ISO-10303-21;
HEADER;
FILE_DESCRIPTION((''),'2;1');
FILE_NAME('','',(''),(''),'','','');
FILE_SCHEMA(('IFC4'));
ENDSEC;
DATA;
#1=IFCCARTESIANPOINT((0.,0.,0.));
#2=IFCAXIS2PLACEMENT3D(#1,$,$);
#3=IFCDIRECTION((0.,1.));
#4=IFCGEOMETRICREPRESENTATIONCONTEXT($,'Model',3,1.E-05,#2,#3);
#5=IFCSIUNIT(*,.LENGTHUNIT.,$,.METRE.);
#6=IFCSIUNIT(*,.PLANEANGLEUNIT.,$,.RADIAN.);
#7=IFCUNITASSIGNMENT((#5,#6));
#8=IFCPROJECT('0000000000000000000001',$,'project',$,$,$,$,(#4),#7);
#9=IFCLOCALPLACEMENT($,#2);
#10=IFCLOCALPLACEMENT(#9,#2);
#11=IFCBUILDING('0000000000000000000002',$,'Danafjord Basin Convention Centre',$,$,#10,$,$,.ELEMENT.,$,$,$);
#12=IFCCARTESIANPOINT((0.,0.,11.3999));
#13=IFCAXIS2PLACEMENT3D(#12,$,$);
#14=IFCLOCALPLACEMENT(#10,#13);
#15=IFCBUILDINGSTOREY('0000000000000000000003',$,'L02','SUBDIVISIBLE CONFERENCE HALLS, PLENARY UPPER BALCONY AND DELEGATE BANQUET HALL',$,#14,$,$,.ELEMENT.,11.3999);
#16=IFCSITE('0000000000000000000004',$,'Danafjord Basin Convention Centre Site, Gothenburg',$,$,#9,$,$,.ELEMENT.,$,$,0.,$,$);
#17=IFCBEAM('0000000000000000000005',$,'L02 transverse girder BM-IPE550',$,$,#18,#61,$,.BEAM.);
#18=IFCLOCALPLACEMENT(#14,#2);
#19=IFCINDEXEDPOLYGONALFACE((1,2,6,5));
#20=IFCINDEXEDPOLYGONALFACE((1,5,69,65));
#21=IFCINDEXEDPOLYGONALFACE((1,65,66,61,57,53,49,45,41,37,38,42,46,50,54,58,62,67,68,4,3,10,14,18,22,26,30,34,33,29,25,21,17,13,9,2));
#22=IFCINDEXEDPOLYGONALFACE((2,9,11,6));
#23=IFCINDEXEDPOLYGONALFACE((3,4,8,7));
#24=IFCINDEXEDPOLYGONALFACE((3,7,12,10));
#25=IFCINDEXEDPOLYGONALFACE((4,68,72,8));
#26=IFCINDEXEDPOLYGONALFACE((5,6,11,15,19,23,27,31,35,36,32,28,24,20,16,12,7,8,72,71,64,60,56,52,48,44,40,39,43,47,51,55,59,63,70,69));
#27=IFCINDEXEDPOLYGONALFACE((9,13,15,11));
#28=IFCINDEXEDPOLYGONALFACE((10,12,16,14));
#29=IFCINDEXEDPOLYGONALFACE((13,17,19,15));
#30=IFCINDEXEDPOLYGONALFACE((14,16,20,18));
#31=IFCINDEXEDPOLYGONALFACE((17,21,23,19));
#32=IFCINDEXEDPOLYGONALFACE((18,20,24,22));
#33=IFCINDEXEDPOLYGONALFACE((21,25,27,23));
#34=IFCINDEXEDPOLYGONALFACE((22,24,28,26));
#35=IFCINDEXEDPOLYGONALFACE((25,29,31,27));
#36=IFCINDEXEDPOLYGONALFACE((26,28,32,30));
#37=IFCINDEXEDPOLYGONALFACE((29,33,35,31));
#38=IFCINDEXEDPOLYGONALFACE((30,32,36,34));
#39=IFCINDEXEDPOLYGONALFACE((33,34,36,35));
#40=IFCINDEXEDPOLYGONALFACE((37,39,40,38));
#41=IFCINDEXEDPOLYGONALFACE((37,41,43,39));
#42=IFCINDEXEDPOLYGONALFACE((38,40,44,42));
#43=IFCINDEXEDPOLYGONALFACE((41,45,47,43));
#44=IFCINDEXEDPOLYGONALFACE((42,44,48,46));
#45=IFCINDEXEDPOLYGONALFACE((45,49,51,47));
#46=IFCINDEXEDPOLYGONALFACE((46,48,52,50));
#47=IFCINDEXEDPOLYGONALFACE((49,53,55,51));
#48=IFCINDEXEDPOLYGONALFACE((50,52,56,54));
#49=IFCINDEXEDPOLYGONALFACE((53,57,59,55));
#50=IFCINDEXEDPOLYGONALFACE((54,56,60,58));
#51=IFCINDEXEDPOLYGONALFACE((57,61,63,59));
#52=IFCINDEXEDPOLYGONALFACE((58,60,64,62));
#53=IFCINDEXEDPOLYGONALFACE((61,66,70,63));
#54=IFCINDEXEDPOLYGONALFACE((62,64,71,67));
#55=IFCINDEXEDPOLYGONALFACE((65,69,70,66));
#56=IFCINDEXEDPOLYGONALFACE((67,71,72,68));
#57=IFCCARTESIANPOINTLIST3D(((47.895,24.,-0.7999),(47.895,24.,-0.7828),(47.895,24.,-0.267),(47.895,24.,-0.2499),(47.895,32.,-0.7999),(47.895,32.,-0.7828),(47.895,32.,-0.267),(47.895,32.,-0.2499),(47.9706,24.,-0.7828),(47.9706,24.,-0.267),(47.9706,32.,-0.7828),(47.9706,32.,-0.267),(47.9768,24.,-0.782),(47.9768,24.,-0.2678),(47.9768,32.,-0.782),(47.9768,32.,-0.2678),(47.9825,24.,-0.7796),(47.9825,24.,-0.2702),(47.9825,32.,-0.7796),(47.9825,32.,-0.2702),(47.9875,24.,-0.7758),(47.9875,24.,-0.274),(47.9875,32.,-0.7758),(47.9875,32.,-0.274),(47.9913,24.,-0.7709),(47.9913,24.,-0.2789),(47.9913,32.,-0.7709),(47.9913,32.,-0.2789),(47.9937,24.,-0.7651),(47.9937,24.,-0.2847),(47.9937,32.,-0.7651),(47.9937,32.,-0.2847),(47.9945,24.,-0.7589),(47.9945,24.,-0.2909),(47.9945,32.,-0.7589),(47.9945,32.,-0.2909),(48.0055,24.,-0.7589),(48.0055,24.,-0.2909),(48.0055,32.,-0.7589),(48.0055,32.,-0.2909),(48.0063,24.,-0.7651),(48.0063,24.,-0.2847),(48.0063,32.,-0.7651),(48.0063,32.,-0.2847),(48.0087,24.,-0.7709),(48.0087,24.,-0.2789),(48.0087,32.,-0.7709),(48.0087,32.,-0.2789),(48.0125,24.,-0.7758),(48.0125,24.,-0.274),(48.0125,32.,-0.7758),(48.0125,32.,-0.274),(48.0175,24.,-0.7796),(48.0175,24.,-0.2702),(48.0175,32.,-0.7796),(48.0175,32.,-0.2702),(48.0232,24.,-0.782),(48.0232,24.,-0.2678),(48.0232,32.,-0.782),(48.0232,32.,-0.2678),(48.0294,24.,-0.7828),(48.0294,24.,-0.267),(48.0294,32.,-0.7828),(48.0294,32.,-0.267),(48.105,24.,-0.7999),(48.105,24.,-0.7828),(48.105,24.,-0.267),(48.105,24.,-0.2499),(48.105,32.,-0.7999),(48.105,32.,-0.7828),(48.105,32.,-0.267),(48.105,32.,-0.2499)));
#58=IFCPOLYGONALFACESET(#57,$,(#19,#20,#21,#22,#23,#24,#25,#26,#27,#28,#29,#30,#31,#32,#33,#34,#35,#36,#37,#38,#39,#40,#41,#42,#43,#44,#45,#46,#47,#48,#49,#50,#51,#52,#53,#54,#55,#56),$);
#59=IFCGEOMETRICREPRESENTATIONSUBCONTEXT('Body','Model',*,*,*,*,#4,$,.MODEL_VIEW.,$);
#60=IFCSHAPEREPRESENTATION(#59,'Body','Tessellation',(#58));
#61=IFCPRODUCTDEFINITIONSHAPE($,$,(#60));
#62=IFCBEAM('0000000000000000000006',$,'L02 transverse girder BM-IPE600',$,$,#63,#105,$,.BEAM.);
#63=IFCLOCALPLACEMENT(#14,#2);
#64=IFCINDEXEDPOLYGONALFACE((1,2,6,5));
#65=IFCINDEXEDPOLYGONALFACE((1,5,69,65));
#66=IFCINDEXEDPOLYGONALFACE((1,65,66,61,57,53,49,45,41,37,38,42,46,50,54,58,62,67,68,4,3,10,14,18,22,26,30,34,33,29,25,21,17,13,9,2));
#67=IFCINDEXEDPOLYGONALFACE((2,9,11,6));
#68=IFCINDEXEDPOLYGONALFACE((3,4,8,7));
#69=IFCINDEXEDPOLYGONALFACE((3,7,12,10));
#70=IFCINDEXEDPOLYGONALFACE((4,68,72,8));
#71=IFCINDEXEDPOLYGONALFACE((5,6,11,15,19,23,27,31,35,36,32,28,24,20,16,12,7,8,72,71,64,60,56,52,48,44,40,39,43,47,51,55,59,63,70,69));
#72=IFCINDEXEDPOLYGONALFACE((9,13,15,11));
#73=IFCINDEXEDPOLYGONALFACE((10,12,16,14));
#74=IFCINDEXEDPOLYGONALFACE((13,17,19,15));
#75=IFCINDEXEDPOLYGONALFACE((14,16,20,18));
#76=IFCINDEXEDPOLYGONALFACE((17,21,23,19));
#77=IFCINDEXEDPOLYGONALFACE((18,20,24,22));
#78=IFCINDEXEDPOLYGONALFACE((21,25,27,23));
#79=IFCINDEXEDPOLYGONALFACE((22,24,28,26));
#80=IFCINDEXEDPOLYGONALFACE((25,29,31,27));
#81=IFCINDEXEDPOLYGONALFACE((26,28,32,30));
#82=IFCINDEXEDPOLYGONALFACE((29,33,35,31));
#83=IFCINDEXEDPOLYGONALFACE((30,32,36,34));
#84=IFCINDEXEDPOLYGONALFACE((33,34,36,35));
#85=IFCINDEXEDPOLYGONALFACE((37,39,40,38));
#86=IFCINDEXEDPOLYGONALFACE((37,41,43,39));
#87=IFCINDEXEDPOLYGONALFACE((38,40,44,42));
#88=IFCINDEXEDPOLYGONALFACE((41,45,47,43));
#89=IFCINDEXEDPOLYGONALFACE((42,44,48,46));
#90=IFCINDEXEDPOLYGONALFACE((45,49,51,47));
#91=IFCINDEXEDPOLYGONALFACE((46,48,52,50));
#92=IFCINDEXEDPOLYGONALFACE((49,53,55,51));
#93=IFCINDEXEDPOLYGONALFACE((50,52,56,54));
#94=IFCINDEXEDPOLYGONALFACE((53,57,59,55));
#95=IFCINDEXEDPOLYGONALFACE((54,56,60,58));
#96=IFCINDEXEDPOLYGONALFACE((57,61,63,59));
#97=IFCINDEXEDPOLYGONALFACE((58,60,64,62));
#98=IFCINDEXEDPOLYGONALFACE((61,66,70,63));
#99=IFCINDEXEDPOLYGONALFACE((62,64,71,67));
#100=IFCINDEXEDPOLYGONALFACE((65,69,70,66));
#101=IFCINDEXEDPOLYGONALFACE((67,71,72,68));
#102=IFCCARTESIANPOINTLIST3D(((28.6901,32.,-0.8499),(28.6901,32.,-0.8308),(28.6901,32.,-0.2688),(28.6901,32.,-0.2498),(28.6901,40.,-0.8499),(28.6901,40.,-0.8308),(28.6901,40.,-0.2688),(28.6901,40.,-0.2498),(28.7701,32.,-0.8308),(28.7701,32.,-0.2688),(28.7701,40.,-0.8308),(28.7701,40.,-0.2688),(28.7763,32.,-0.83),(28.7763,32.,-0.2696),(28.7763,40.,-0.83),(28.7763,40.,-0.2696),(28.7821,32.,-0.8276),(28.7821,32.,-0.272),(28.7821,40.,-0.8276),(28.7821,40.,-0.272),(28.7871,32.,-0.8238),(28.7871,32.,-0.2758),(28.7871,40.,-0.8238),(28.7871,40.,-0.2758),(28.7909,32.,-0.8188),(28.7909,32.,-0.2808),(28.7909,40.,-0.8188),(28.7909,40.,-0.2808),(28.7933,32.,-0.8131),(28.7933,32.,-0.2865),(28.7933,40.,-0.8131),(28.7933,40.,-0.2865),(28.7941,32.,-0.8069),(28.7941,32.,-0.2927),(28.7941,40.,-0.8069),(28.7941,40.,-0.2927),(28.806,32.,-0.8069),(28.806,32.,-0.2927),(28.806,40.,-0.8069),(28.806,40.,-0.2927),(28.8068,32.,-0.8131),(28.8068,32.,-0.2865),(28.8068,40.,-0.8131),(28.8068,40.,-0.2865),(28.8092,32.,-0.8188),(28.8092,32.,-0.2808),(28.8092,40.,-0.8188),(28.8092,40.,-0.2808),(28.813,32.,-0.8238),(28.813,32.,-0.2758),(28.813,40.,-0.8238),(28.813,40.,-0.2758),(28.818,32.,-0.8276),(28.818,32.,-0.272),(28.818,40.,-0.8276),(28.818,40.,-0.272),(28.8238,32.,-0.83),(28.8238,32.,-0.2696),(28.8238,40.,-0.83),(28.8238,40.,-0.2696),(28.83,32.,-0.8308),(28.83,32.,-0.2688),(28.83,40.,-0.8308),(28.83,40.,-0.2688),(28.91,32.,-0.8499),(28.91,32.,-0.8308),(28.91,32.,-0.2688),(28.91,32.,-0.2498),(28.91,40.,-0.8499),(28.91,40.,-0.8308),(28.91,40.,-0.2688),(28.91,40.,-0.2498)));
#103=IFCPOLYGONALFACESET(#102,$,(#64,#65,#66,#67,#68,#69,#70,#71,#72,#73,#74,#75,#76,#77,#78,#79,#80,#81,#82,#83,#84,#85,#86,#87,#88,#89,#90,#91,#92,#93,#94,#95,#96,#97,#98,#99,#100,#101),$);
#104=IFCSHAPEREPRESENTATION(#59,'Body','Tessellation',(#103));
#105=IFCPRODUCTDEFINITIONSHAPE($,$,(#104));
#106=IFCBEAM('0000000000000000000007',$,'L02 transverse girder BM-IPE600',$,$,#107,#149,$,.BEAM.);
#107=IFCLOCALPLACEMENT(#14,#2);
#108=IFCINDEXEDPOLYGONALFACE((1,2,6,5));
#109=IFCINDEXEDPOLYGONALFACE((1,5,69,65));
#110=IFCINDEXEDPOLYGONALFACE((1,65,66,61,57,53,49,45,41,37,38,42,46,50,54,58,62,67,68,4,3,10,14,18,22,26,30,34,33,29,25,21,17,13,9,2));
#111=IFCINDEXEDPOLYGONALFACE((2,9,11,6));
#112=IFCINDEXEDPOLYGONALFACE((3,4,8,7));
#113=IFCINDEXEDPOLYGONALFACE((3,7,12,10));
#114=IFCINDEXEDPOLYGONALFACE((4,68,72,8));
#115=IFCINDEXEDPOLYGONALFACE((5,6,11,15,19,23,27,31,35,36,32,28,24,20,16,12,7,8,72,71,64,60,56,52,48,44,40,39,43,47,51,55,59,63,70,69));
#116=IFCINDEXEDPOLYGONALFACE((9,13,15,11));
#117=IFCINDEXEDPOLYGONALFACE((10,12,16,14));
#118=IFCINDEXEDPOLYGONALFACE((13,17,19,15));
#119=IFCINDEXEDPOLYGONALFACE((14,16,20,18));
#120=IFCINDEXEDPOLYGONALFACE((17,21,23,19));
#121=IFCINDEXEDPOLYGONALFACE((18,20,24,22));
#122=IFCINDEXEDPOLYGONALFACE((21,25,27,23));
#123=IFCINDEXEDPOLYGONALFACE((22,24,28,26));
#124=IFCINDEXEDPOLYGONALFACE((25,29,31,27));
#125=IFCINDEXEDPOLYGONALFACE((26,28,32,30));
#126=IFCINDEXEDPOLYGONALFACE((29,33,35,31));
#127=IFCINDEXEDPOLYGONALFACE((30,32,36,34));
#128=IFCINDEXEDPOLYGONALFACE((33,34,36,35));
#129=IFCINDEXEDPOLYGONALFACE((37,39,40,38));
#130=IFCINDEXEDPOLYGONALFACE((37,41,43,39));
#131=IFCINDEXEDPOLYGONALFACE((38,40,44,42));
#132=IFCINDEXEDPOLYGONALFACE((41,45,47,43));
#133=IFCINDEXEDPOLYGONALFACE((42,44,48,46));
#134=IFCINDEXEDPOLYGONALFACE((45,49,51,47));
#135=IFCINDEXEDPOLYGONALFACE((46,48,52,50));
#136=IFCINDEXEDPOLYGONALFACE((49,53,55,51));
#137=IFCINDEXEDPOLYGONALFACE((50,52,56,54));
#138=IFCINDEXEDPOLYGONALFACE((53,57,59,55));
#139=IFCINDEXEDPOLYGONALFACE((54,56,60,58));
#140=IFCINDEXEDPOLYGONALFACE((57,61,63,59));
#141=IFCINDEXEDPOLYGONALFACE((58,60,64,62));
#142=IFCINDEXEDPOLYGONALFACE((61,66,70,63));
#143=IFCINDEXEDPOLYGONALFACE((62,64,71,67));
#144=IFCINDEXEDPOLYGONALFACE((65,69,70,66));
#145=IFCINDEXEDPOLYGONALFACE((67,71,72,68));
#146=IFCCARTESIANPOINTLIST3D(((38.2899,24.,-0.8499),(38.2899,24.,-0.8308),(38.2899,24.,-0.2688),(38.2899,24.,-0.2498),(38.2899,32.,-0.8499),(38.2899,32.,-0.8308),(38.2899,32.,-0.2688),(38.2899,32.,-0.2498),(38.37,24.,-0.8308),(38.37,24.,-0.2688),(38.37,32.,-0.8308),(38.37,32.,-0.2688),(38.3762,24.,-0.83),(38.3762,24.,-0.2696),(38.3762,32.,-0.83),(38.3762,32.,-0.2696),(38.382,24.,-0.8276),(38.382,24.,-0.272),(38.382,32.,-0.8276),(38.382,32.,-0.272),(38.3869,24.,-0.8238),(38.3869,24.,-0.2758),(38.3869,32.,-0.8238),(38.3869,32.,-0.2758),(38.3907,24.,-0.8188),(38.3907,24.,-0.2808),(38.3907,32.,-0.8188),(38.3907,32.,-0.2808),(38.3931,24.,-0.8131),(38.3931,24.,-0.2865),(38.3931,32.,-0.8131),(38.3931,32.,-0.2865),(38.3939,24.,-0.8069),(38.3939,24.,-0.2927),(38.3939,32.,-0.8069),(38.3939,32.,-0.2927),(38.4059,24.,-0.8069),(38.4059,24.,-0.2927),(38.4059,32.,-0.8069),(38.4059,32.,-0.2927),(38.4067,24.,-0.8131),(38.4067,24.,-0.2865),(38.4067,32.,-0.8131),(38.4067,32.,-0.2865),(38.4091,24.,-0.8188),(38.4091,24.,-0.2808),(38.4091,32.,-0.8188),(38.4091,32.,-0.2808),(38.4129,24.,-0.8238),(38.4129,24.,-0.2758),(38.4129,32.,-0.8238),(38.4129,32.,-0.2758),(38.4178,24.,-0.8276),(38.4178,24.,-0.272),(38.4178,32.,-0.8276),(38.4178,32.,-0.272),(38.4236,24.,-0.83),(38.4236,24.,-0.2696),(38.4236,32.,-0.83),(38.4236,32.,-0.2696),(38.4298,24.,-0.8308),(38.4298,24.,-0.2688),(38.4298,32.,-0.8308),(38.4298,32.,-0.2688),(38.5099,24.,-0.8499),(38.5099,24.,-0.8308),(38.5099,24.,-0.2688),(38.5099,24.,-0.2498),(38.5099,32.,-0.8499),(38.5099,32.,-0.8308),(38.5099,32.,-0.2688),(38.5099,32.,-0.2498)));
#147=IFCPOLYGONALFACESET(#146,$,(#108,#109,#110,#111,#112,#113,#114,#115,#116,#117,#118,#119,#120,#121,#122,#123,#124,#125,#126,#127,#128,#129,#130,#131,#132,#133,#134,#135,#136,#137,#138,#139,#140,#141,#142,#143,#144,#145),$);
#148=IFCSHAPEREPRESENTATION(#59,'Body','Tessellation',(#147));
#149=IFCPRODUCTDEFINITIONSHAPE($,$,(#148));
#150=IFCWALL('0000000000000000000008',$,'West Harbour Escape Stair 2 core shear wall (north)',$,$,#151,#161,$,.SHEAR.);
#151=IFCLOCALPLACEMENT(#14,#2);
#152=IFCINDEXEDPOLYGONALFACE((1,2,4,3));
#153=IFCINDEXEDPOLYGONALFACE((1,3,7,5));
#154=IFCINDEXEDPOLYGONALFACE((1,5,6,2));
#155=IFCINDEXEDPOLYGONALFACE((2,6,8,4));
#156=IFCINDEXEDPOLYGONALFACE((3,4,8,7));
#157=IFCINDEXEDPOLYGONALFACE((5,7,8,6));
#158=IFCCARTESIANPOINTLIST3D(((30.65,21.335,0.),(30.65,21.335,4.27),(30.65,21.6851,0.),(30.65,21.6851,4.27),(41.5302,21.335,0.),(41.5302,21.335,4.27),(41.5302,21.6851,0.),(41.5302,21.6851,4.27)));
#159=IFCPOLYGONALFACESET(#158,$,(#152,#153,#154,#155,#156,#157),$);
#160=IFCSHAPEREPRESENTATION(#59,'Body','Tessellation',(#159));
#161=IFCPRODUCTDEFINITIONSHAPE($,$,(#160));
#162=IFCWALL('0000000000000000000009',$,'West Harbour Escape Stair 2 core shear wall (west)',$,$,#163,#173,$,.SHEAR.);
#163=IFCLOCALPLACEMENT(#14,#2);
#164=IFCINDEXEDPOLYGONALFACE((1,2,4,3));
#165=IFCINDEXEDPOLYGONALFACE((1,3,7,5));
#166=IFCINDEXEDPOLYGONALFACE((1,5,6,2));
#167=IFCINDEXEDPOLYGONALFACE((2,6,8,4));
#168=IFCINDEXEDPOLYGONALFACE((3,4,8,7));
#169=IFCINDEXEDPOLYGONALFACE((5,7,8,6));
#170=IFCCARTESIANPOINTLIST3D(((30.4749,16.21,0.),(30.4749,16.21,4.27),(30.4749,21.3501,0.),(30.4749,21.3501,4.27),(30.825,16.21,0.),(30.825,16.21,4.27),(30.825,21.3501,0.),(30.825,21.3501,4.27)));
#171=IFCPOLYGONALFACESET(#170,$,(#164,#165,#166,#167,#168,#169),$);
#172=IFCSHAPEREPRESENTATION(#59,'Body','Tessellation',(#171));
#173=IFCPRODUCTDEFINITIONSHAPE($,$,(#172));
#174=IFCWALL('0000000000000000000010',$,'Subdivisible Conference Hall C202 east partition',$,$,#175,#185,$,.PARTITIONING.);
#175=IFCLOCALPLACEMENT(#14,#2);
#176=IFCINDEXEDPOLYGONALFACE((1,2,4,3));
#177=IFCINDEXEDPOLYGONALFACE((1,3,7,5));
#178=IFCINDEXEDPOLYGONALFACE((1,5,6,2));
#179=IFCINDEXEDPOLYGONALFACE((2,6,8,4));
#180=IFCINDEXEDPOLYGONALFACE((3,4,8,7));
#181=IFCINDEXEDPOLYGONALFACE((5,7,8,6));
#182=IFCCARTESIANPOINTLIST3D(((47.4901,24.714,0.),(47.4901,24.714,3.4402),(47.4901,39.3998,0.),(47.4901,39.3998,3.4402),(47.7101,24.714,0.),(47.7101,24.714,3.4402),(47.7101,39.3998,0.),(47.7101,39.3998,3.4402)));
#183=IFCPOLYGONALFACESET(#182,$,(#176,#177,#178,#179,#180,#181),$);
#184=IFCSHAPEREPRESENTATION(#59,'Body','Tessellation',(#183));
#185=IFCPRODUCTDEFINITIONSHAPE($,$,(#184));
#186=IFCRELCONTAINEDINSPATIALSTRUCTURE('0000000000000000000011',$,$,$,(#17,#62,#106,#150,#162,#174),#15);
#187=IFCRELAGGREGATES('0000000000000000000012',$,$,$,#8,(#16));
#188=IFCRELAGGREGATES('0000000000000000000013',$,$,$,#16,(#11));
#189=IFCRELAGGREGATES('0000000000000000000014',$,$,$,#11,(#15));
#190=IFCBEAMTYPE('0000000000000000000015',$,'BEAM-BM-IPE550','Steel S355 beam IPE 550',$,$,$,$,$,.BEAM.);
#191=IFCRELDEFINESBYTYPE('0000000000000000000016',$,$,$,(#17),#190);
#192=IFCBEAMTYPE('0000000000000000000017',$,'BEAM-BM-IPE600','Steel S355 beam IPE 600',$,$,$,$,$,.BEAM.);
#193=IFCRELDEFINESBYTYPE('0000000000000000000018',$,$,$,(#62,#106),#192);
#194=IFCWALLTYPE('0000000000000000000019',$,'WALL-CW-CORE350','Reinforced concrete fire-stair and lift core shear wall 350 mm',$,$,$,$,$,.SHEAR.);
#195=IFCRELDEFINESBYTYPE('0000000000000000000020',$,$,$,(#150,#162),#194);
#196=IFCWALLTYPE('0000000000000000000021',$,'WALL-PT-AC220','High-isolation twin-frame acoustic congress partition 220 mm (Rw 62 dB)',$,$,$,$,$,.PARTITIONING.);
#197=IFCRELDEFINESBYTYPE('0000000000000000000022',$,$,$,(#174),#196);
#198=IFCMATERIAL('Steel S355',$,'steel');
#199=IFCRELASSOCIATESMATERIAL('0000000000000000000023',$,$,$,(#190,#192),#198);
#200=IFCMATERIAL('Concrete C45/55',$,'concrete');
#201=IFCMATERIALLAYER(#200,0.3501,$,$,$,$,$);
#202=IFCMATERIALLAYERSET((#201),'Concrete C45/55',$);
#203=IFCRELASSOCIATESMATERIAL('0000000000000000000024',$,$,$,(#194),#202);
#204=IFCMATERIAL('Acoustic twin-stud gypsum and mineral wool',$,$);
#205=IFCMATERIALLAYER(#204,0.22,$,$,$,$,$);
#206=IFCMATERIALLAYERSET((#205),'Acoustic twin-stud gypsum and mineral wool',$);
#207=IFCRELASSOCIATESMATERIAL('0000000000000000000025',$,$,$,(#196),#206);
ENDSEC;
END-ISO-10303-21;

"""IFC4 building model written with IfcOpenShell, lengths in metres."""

from ifc_helpers import new_model, si_unit, direction, frame, frame_2d, origin, origin_2d, place, context, subcontext, project, spatial, rectangle, i_section, extrude, material, layer, layer_set, material_profile, profile_set, type_object, element, save


model = new_model("IFC4")

# Units and contexts
model_context = context("Model", 3, precision=1e-05, world=origin(), true_north=direction((0.0, 1.0)))
body_context = subcontext(model_context, "Body", "Model", "MODEL_VIEW")
ifc_project = project(units=[si_unit("LENGTHUNIT", "METRE"), si_unit("PLANEANGLEUNIT", "RADIAN")], contexts=[model_context])

# Site, building, storey
site_placement = place(None, origin())
site = spatial("IfcSite", under=ifc_project, at=site_placement, Name="Danafjord Basin Convention Centre Site, Gothenburg", CompositionType="ELEMENT", RefElevation=0.0)
building_placement = place(site_placement, origin())
building = spatial("IfcBuilding", under=site, at=building_placement, Name="Danafjord Basin Convention Centre", CompositionType="ELEMENT")
storey_placement = place(building_placement, frame((0.0, 0.0, 11.3999)))
storey = spatial("IfcBuildingStorey", under=building, at=storey_placement, Name="L02", Description="SUBDIVISIBLE CONFERENCE HALLS, PLENARY UPPER BALCONY AND DELEGATE BANQUET HALL", CompositionType="ELEMENT", Elevation=11.3999)

# Shared definitions
ifc_material_1 = material(Name="Steel S355", Category="steel")

# Beams
ifc_material_profile_1 = material_profile(ifc_material_1, i_section(OverallWidth=0.21, OverallDepth=0.55, WebThickness=0.011, FlangeThickness=0.0171, FilletRadius=0.0239, at=origin_2d()), Name="IPE 550")
ifc_profile_set_1 = profile_set([ifc_material_profile_1], Name="Steel S355")
beam_type_1 = type_object("IfcBeamType", Name="BEAM-BM-IPE550", Description="Steel S355 beam IPE 550", PredefinedType="BEAM", material=ifc_profile_set_1)
for number, where, z_axis, x_axis, name in (
    (1, (48.0, 24.0, -0.5249), (0.0, 1.0, 0.0), (-1.0, 0.0, 0.0), "L02 transverse girder BM-IPE550"),
):
    element("IfcBeam", number, at=place(storey_placement, frame(where, z_axis=z_axis, x_axis=x_axis)), inside=storey, type_object=beam_type_1, Name=name, PredefinedType="BEAM", context=body_context, shape_type="SweptSolid", body=[
        extrude(i_section(OverallWidth=0.21, OverallDepth=0.55, WebThickness=0.011, FlangeThickness=0.0171, FilletRadius=0.0239, at=origin_2d()), origin(), (0.0, 0.0, 1.0), 8.0),
    ])
ifc_material_profile_2 = material_profile(ifc_material_1, i_section(OverallWidth=0.22, OverallDepth=0.6001, WebThickness=0.012, FlangeThickness=0.019, FilletRadius=0.0239, at=origin_2d()), Name="IPE 600")
ifc_profile_set_2 = profile_set([ifc_material_profile_2], Name="Steel S355")
beam_type_2 = type_object("IfcBeamType", Name="BEAM-BM-IPE600", Description="Steel S355 beam IPE 600", PredefinedType="BEAM", material=ifc_profile_set_2)
for number, where, z_axis, x_axis, name in (
    (2, (28.8, 32.0, -0.5498), (0.0, 1.0, 0.0), (-1.0, 0.0, 0.0), "L02 transverse girder BM-IPE600"),
    (3, (38.3999, 24.0, -0.5498), (0.0, 1.0, 0.0), (-1.0, 0.0, 0.0), "L02 transverse girder BM-IPE600"),
):
    element("IfcBeam", number, at=place(storey_placement, frame(where, z_axis=z_axis, x_axis=x_axis)), inside=storey, type_object=beam_type_2, Name=name, PredefinedType="BEAM", context=body_context, shape_type="SweptSolid", body=[
        extrude(i_section(OverallWidth=0.22, OverallDepth=0.6001, WebThickness=0.012, FlangeThickness=0.019, FilletRadius=0.0239, at=origin_2d()), origin(), (0.0, 0.0, 1.0), 8.0),
    ])

# Walls
ifc_material_2 = material(Name="Concrete C45/55", Category="concrete")
ifc_layer_1 = layer(ifc_material_2, 0.3501)
ifc_layer_set_1 = layer_set([ifc_layer_1], Name="Concrete C45/55")
wall_type_1 = type_object("IfcWallType", Name="WALL-CW-CORE350", Description="Reinforced concrete fire-stair and lift core shear wall 350 mm", PredefinedType="SHEAR", material=ifc_layer_set_1)
wall_1_placement = place(storey_placement, frame((41.53, 21.51, 0.0), z_axis=(0.0, 0.0, 1.0), x_axis=(-1.0, 0.0, 0.0)))
element("IfcWall", 4, at=wall_1_placement, inside=storey, type_object=wall_type_1, Name="West Harbour Escape Stair 2 core shear wall (north)", PredefinedType="SHEAR", context=body_context, shape_type="SweptSolid", body=[
    extrude(rectangle(XDim=10.8801, YDim=0.3501, at=frame_2d((5.4399, 0.0))), origin(), (0.0, 0.0, 1.0), 4.27),
])
wall_2_placement = place(storey_placement, frame((30.6499, 21.3501, 0.0), z_axis=(0.0, 0.0, 1.0), x_axis=(0.0, -1.0, 0.0)))
element("IfcWall", 5, at=wall_2_placement, inside=storey, type_object=wall_type_1, Name="West Harbour Escape Stair 2 core shear wall (west)", PredefinedType="SHEAR", context=body_context, shape_type="SweptSolid", body=[
    extrude(rectangle(XDim=5.1401, YDim=0.3501, at=frame_2d((2.5701, 0.0))), origin(), (0.0, 0.0, 1.0), 4.27),
])
ifc_material_3 = material(Name="Acoustic twin-stud gypsum and mineral wool")
ifc_layer_2 = layer(ifc_material_3, 0.22)
ifc_layer_set_2 = layer_set([ifc_layer_2], Name="Acoustic twin-stud gypsum and mineral wool")
wall_type_2 = type_object("IfcWallType", Name="WALL-PT-AC220", Description="High-isolation twin-frame acoustic congress partition 220 mm (Rw 62 dB)", PredefinedType="PARTITIONING", material=ifc_layer_set_2)
wall_3_placement = place(storey_placement, frame((47.6001, 24.7141, 0.0), z_axis=(0.0, 0.0, 1.0), x_axis=(0.0, 1.0, 0.0)))
element("IfcWall", 6, at=wall_3_placement, inside=storey, type_object=wall_type_2, Name="Subdivisible Conference Hall C202 east partition", PredefinedType="PARTITIONING", context=body_context, shape_type="SweptSolid", body=[
    extrude(rectangle(XDim=14.6858, YDim=0.22, at=frame_2d((7.3428, 0.0))), origin(), (0.0, 0.0, 1.0), 3.4402),
])

save(model, "model.ifc")
